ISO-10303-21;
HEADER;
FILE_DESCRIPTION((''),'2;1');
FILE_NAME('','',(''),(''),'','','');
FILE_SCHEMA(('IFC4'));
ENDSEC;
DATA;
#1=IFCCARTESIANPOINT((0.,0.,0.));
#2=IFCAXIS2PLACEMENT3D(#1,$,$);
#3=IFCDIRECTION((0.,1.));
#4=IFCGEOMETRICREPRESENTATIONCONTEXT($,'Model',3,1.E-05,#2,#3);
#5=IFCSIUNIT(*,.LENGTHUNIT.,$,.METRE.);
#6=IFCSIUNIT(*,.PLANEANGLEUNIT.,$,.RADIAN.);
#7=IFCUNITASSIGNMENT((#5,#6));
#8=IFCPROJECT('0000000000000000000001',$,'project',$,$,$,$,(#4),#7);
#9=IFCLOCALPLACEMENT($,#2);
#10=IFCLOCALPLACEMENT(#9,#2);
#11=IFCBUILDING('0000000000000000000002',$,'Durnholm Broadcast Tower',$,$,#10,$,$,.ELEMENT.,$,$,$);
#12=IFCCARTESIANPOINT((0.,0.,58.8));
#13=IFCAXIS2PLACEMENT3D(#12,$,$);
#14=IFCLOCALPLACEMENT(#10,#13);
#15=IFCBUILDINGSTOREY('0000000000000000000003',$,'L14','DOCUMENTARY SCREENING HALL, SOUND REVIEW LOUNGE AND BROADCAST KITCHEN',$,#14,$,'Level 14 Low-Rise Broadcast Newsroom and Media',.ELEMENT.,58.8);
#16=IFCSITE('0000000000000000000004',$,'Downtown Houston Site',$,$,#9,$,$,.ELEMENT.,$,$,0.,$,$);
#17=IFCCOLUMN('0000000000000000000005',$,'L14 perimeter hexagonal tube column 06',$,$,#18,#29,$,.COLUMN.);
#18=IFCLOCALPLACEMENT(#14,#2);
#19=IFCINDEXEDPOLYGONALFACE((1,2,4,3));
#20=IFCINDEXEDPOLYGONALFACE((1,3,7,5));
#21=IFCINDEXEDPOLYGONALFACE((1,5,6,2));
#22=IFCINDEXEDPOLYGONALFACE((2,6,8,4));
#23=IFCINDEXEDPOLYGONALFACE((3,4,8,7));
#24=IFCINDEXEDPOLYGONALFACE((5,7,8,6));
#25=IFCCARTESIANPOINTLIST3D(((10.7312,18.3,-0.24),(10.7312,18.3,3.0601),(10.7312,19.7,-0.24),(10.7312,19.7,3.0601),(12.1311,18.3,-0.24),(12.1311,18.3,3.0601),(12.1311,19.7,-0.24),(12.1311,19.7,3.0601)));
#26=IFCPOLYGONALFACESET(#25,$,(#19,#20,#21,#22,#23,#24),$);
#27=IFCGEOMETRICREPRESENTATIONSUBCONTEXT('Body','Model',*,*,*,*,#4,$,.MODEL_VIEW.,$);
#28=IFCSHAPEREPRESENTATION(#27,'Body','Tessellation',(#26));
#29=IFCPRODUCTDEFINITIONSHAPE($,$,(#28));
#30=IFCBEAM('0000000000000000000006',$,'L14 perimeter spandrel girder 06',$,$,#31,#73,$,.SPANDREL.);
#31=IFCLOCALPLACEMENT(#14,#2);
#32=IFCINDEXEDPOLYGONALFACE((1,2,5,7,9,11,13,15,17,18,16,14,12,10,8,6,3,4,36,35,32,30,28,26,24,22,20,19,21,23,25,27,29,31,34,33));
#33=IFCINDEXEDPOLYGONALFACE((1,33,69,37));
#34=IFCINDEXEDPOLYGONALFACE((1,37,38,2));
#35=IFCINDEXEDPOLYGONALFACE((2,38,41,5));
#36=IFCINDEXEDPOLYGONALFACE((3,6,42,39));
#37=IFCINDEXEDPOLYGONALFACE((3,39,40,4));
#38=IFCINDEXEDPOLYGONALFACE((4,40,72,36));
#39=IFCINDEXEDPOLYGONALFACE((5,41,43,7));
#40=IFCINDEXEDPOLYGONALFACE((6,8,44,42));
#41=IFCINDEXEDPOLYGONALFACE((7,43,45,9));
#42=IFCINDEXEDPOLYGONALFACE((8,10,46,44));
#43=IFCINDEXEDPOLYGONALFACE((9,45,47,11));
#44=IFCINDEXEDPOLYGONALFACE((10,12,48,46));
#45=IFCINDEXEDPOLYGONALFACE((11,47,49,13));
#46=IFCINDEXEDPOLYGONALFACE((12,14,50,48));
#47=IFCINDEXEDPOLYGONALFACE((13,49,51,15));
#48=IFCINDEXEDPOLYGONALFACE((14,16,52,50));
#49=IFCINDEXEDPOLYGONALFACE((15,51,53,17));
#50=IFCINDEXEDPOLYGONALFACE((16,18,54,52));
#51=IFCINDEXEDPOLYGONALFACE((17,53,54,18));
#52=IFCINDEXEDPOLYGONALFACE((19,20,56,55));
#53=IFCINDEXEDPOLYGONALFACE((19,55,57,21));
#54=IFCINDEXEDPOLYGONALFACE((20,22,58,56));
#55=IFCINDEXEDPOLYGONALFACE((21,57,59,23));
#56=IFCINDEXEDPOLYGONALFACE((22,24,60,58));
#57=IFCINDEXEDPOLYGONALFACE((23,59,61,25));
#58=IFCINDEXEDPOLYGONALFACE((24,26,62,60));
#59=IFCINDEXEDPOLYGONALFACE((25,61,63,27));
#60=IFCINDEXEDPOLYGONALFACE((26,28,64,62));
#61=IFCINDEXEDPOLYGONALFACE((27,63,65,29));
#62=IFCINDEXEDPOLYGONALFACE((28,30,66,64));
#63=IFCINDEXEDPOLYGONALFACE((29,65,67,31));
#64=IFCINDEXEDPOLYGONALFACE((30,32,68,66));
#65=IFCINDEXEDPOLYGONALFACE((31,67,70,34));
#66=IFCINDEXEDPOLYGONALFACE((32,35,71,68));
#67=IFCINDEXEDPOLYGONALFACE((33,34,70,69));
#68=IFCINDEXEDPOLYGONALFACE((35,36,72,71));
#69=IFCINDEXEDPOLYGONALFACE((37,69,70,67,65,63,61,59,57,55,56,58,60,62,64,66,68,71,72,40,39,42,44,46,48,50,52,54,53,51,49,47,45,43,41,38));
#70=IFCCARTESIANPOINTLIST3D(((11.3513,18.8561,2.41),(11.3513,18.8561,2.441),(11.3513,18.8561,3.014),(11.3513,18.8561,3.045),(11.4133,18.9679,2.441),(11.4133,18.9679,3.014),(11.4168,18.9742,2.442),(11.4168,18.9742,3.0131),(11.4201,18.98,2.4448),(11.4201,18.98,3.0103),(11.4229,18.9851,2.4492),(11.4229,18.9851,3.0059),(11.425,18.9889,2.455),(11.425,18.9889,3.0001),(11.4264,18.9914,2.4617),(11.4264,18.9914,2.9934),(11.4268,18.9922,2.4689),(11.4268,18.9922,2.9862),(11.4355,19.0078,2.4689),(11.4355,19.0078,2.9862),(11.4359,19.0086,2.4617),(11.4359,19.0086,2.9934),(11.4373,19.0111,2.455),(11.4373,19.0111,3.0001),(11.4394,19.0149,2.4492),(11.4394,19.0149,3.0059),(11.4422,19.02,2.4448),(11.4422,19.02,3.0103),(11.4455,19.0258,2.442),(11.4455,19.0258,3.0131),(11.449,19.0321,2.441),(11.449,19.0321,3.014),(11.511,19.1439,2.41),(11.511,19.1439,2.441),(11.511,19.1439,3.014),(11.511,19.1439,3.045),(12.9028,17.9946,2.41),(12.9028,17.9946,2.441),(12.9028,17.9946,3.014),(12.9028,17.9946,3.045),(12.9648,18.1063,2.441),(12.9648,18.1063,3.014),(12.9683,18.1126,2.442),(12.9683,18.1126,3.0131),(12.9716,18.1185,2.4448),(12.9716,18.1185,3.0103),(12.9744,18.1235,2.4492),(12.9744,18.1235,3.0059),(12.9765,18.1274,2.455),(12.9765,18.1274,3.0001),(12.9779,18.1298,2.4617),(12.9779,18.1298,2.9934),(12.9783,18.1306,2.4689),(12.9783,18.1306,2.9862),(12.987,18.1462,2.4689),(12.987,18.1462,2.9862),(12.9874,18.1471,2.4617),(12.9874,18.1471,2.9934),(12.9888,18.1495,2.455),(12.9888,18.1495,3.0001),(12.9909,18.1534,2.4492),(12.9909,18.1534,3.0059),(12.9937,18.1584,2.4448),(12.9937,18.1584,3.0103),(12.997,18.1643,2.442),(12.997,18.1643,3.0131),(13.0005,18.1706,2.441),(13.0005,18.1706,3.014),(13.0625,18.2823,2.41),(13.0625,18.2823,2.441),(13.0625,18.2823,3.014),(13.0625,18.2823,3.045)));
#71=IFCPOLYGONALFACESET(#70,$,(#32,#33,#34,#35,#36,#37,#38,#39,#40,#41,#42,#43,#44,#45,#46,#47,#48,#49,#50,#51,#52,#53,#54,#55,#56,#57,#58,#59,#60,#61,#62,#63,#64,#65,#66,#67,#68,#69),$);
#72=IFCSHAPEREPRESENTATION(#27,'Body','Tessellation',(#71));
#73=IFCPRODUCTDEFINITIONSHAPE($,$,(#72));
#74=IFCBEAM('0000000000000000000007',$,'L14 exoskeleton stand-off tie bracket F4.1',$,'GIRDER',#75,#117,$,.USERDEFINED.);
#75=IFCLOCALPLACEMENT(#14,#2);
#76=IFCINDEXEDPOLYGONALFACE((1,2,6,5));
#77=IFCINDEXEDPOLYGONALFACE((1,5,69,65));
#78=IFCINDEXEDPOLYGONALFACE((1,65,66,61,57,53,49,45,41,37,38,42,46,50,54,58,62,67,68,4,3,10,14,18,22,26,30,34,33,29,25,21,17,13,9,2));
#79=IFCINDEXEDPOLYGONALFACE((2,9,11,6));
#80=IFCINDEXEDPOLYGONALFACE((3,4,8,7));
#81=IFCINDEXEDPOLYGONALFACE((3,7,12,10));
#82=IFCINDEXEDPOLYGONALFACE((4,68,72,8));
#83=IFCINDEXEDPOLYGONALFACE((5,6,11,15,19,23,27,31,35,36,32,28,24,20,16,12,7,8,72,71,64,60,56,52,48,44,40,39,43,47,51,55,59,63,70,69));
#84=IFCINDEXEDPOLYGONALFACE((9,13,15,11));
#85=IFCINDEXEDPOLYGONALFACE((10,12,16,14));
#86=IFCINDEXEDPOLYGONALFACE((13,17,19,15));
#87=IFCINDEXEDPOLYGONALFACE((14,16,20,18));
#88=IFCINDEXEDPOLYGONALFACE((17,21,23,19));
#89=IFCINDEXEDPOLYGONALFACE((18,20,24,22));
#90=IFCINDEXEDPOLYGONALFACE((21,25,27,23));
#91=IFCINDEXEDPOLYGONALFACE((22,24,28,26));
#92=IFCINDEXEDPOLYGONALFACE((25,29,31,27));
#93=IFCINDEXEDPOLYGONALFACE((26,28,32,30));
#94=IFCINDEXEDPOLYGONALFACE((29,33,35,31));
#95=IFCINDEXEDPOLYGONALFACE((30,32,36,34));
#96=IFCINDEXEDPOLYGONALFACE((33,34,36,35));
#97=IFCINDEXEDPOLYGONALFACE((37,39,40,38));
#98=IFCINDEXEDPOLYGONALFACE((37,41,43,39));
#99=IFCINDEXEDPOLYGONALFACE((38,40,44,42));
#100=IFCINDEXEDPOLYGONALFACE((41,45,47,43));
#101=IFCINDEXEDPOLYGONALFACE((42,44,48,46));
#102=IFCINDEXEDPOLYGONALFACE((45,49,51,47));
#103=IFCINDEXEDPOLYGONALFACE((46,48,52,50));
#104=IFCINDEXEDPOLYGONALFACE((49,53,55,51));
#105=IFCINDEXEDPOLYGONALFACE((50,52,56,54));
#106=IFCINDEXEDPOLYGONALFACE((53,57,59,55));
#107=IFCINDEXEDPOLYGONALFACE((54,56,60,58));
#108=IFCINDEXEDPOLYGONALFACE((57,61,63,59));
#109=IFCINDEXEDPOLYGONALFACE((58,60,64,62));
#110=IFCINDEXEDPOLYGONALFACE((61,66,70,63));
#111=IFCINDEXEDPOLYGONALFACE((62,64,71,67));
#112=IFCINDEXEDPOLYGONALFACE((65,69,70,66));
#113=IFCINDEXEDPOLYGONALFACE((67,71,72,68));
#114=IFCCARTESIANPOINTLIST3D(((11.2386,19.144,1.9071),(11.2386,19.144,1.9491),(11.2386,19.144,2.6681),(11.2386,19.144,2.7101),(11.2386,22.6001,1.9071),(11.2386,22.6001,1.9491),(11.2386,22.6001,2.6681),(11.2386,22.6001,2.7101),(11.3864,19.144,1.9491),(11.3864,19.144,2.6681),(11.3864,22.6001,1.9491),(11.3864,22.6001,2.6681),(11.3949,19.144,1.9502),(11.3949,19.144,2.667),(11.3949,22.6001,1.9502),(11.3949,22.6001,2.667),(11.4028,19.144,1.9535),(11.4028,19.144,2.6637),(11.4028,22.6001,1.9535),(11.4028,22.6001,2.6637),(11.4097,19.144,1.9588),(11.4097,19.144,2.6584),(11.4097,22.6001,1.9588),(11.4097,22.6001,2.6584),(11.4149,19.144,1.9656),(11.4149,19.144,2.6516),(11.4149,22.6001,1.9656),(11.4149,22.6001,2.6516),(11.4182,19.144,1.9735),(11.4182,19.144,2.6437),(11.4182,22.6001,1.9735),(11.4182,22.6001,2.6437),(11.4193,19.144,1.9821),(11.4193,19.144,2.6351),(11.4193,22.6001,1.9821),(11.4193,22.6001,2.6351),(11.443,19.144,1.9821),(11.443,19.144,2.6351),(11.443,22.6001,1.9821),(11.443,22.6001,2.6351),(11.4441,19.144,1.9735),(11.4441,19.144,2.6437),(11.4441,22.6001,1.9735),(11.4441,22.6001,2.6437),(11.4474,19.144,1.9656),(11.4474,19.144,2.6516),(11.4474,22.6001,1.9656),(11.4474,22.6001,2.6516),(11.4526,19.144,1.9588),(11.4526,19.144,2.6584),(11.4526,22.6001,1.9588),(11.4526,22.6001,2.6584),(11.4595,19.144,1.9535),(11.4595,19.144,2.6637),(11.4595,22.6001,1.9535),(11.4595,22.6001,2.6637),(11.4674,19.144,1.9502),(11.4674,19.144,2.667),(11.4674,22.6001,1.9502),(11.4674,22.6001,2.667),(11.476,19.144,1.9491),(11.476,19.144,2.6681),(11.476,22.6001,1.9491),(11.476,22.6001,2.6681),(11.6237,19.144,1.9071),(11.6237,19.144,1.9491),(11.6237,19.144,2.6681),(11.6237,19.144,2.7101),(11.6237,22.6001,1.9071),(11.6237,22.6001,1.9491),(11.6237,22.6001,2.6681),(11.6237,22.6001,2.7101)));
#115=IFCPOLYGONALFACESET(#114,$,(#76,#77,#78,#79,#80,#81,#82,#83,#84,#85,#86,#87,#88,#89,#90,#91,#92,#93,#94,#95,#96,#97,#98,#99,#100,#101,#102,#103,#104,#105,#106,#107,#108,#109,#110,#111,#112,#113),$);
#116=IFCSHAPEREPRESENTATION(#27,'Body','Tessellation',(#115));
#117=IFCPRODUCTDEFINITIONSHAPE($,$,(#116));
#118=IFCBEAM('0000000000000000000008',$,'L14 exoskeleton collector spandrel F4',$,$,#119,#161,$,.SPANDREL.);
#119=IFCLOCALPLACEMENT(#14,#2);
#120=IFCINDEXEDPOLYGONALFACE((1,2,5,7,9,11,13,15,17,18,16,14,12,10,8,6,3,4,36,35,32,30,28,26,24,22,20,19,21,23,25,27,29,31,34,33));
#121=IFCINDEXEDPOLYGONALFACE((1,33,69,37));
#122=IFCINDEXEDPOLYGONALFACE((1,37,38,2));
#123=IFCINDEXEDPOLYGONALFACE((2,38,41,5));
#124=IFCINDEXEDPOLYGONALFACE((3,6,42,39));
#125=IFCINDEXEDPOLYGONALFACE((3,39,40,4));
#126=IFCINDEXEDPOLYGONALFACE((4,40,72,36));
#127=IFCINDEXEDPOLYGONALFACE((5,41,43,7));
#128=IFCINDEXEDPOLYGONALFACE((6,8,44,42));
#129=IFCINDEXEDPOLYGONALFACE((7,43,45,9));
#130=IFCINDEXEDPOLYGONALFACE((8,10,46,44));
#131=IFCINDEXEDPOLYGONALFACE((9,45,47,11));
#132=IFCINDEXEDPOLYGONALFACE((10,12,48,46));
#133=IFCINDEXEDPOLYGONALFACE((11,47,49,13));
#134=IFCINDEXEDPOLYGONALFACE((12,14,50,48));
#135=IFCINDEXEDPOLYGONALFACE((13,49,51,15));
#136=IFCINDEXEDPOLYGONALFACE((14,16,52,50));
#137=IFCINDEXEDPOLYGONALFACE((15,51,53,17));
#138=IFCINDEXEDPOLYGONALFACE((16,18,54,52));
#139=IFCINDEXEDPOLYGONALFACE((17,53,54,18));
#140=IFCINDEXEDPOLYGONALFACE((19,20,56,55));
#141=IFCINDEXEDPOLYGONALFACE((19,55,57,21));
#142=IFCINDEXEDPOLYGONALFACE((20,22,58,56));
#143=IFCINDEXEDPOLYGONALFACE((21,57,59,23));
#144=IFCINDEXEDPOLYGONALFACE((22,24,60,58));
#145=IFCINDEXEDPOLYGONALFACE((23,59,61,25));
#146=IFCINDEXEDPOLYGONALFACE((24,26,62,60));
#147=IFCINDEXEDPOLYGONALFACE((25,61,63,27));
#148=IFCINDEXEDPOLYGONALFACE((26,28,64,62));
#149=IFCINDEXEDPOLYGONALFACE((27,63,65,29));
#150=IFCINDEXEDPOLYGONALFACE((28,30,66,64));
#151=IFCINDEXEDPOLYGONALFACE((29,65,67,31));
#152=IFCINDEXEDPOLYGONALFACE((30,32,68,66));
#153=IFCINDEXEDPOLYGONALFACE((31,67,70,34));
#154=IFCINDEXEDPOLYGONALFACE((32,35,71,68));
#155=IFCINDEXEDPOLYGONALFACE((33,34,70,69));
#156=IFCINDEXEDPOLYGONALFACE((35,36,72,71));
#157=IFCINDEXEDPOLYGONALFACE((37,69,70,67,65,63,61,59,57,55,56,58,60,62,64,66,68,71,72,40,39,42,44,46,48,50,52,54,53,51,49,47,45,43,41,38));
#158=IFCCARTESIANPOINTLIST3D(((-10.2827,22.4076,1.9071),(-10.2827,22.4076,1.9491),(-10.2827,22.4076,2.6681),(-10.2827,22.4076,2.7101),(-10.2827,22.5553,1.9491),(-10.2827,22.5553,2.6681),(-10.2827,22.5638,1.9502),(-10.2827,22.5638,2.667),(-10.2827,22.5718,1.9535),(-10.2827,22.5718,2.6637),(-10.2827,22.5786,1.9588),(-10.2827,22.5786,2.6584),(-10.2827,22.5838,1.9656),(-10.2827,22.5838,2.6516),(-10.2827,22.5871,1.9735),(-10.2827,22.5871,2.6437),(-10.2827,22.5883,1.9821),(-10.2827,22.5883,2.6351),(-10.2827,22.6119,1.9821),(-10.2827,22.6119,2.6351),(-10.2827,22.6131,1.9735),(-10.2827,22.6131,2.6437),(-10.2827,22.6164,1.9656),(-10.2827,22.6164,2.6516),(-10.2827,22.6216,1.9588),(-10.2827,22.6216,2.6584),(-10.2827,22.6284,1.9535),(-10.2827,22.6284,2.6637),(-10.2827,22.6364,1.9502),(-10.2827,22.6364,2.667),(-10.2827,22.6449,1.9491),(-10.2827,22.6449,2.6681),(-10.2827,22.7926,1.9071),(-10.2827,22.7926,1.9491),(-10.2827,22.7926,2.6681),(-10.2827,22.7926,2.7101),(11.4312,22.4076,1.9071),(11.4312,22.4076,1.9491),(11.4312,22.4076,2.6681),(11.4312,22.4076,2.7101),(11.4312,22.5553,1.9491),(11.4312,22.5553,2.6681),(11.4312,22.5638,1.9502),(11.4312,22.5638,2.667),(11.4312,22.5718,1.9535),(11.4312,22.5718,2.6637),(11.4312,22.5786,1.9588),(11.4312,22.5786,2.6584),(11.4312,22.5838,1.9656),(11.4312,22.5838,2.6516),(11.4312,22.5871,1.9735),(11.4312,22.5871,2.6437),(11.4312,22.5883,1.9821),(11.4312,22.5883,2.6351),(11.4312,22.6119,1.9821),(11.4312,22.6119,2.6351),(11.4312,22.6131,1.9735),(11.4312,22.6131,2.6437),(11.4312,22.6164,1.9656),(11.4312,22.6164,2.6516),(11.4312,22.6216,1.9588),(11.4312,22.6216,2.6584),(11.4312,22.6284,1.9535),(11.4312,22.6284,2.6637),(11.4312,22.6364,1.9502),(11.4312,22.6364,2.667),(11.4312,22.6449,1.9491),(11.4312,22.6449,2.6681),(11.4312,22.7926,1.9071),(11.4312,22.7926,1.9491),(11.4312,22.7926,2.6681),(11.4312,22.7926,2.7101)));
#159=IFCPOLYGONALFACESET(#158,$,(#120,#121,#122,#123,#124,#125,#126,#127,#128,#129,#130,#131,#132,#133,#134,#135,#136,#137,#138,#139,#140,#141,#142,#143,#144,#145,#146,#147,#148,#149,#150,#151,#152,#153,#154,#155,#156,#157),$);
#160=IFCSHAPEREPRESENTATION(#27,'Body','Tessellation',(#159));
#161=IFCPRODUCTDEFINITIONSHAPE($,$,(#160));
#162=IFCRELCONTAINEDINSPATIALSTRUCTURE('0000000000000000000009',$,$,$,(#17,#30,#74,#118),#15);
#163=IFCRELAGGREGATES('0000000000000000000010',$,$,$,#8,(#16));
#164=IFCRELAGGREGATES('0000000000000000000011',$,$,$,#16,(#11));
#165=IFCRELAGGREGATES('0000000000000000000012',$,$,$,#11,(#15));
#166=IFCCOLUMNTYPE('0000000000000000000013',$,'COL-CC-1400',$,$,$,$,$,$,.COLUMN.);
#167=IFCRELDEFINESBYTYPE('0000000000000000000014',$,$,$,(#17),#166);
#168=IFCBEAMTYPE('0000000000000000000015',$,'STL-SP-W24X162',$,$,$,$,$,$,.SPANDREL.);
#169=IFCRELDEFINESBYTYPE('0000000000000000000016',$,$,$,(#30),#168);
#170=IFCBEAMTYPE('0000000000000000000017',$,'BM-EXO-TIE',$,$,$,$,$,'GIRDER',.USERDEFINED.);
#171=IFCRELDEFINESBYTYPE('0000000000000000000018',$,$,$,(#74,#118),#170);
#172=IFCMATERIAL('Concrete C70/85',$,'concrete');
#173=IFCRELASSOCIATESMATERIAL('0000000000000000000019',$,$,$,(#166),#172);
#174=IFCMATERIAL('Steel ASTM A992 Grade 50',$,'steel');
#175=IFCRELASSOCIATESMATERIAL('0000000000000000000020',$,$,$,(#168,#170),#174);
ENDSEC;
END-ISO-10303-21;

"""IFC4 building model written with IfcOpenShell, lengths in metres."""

from ifc_helpers import new_model, si_unit, direction, frame, origin, origin_2d, place, context, subcontext, project, spatial, rectangle, i_section, extrude, source, transform, mapped, material, material_profile, profile_set, type_object, type_shapes, element, save


model = new_model("IFC4")

# Units and contexts
model_context = context("Model", 3, precision=1e-05, world=origin(), true_north=direction((0.0, 1.0)))
body_context = subcontext(model_context, "Body", "Model", "MODEL_VIEW")
ifc_project = project(units=[si_unit("LENGTHUNIT", "METRE"), si_unit("PLANEANGLEUNIT", "RADIAN")], contexts=[model_context])

# Site, building, storey
site_placement = place(None, origin())
site = spatial("IfcSite", under=ifc_project, at=site_placement, Name="Downtown Houston Site", CompositionType="ELEMENT", RefElevation=0.0)
building_placement = place(site_placement, origin())
building = spatial("IfcBuilding", under=site, at=building_placement, Name="Durnholm Broadcast Tower", CompositionType="ELEMENT")
storey_placement = place(building_placement, frame((0.0, 0.0, 58.8)))
storey = spatial("IfcBuildingStorey", under=building, at=storey_placement, Name="L14", Description="DOCUMENTARY SCREENING HALL, SOUND REVIEW LOUNGE AND BROADCAST KITCHEN", LongName="Level 14 Low-Rise Broadcast Newsroom and Media", CompositionType="ELEMENT", Elevation=58.8)

# Column
ifc_material_1 = material(Name="Concrete C70/85", Category="concrete")
ifc_material_profile_1 = material_profile(ifc_material_1, rectangle(XDim=1.3999, YDim=1.3999, at=origin_2d()), Name="RC1400X1400")
ifc_profile_set_1 = profile_set([ifc_material_profile_1], Name="Concrete C70/85")
column_type = type_object("IfcColumnType", Name="COL-CC-1400", PredefinedType="COLUMN", material=ifc_profile_set_1)
shared_shape_1 = source(origin(), body_context, "Body", "SweptSolid", [
    extrude(rectangle(XDim=1.3999, YDim=1.3999, at=origin_2d()), origin(), (0.0, 0.0, 1.0), 3.3),
])
type_shapes(column_type, [shared_shape_1])
column_placement = place(storey_placement, frame((11.4312, 19.0, -0.24), z_axis=(0.0, 0.0, 1.0), x_axis=(1.0, 0.0, 0.0)))
element("IfcColumn", 1, at=column_placement, inside=storey, type_object=column_type, Name="L14 perimeter hexagonal tube column 06", PredefinedType="COLUMN", context=body_context, shape_type="MappedRepresentation", body=[
    mapped(shared_shape_1, transform((0.0, 0.0, 0.0), x_axis=(1.0, 0.0, 0.0), y_axis=(0.0, 1.0, 0.0), z_axis=(0.0, 0.0, 1.0), scale=1.0)),
])

# Beams
ifc_material_2 = material(Name="Steel ASTM A992 Grade 50", Category="steel")
ifc_material_profile_2 = material_profile(ifc_material_2, i_section(OverallWidth=0.3291, OverallDepth=0.635, WebThickness=0.0178, FlangeThickness=0.031, FilletRadius=0.0278, at=origin_2d()), Name="W24X162")
ifc_profile_set_2 = profile_set([ifc_material_profile_2], Name="Steel ASTM A992 Grade 50")
beam_type_1 = type_object("IfcBeamType", Name="STL-SP-W24X162", PredefinedType="SPANDREL", material=ifc_profile_set_2)
shared_shape_2 = source(origin(), body_context, "Body", "SweptSolid", [
    extrude(i_section(OverallWidth=0.3291, OverallDepth=0.635, WebThickness=0.0178, FlangeThickness=0.031, FilletRadius=0.0278, at=origin_2d()), origin(), (0.0, 0.0, 1.0), 1.7747),
])
type_shapes(beam_type_1, [shared_shape_2])
beam_1_placement = place(storey_placement, frame((11.4312, 19.0, 2.7275), z_axis=(0.874248, -0.485479, 0.0), x_axis=(0.485479, 0.874248, 0.0)))
element("IfcBeam", 2, at=beam_1_placement, inside=storey, type_object=beam_type_1, Name="L14 perimeter spandrel girder 06", PredefinedType="SPANDREL", context=body_context, shape_type="MappedRepresentation", body=[
    mapped(shared_shape_2, transform((0.0, 0.0, 0.0), x_axis=(1.0, 0.0, 0.0), y_axis=(0.0, 1.0, 0.0), z_axis=(0.0, 0.0, 1.0), scale=1.0)),
])
ifc_material_profile_3 = material_profile(ifc_material_2, i_section(OverallWidth=0.385, OverallDepth=0.803, WebThickness=0.0237, FlangeThickness=0.042, FilletRadius=0.033, at=origin_2d()), Name="W30X261")
ifc_profile_set_3 = profile_set([ifc_material_profile_3], Name="Steel ASTM A992 Grade 50")
beam_type_2 = type_object("IfcBeamType", Name="BM-EXO-TIE", ElementType="GIRDER", PredefinedType="USERDEFINED", material=ifc_profile_set_3)
shared_shape_3 = source(origin(), body_context, "Body", "SweptSolid", [
    extrude(i_section(OverallWidth=0.385, OverallDepth=0.803, WebThickness=0.0237, FlangeThickness=0.042, FilletRadius=0.033, at=origin_2d()), origin(), (0.0, 0.0, 1.0), 3.4561),
])
beam_2_placement = place(storey_placement, frame((11.4312, 19.144, 2.3086), z_axis=(0.0, 1.0, 0.0), x_axis=(-1.0, 0.0, 0.0)))
element("IfcBeam", 3, at=beam_2_placement, inside=storey, type_object=beam_type_2, Name="L14 exoskeleton stand-off tie bracket F4.1", ObjectType="GIRDER", PredefinedType="USERDEFINED", context=body_context, shape_type="MappedRepresentation", body=[
    mapped(shared_shape_3, transform((0.0, 0.0, 0.0), x_axis=(1.0, 0.0, 0.0), y_axis=(0.0, 1.0, 0.0), z_axis=(0.0, 0.0, 1.0), scale=1.0)),
])
shared_shape_4 = source(origin(), body_context, "Body", "SweptSolid", [
    extrude(i_section(OverallWidth=0.385, OverallDepth=0.803, WebThickness=0.0237, FlangeThickness=0.042, FilletRadius=0.033, at=origin_2d()), origin(), (0.0, 0.0, 1.0), 21.7139),
])
type_shapes(beam_type_2, [shared_shape_3, shared_shape_4])
beam_3_placement = place(storey_placement, frame((11.4312, 22.6001, 2.3086), z_axis=(-1.0, 0.0, 0.0), x_axis=(0.0, -1.0, 0.0)))
element("IfcBeam", 4, at=beam_3_placement, inside=storey, type_object=beam_type_2, Name="L14 exoskeleton collector spandrel F4", PredefinedType="SPANDREL", context=body_context, shape_type="MappedRepresentation", body=[
    mapped(shared_shape_4, transform((0.0, 0.0, 0.0), x_axis=(1.0, 0.0, 0.0), y_axis=(0.0, 1.0, 0.0), z_axis=(0.0, 0.0, 1.0), scale=1.0)),
])

save(model, "model.ifc")
